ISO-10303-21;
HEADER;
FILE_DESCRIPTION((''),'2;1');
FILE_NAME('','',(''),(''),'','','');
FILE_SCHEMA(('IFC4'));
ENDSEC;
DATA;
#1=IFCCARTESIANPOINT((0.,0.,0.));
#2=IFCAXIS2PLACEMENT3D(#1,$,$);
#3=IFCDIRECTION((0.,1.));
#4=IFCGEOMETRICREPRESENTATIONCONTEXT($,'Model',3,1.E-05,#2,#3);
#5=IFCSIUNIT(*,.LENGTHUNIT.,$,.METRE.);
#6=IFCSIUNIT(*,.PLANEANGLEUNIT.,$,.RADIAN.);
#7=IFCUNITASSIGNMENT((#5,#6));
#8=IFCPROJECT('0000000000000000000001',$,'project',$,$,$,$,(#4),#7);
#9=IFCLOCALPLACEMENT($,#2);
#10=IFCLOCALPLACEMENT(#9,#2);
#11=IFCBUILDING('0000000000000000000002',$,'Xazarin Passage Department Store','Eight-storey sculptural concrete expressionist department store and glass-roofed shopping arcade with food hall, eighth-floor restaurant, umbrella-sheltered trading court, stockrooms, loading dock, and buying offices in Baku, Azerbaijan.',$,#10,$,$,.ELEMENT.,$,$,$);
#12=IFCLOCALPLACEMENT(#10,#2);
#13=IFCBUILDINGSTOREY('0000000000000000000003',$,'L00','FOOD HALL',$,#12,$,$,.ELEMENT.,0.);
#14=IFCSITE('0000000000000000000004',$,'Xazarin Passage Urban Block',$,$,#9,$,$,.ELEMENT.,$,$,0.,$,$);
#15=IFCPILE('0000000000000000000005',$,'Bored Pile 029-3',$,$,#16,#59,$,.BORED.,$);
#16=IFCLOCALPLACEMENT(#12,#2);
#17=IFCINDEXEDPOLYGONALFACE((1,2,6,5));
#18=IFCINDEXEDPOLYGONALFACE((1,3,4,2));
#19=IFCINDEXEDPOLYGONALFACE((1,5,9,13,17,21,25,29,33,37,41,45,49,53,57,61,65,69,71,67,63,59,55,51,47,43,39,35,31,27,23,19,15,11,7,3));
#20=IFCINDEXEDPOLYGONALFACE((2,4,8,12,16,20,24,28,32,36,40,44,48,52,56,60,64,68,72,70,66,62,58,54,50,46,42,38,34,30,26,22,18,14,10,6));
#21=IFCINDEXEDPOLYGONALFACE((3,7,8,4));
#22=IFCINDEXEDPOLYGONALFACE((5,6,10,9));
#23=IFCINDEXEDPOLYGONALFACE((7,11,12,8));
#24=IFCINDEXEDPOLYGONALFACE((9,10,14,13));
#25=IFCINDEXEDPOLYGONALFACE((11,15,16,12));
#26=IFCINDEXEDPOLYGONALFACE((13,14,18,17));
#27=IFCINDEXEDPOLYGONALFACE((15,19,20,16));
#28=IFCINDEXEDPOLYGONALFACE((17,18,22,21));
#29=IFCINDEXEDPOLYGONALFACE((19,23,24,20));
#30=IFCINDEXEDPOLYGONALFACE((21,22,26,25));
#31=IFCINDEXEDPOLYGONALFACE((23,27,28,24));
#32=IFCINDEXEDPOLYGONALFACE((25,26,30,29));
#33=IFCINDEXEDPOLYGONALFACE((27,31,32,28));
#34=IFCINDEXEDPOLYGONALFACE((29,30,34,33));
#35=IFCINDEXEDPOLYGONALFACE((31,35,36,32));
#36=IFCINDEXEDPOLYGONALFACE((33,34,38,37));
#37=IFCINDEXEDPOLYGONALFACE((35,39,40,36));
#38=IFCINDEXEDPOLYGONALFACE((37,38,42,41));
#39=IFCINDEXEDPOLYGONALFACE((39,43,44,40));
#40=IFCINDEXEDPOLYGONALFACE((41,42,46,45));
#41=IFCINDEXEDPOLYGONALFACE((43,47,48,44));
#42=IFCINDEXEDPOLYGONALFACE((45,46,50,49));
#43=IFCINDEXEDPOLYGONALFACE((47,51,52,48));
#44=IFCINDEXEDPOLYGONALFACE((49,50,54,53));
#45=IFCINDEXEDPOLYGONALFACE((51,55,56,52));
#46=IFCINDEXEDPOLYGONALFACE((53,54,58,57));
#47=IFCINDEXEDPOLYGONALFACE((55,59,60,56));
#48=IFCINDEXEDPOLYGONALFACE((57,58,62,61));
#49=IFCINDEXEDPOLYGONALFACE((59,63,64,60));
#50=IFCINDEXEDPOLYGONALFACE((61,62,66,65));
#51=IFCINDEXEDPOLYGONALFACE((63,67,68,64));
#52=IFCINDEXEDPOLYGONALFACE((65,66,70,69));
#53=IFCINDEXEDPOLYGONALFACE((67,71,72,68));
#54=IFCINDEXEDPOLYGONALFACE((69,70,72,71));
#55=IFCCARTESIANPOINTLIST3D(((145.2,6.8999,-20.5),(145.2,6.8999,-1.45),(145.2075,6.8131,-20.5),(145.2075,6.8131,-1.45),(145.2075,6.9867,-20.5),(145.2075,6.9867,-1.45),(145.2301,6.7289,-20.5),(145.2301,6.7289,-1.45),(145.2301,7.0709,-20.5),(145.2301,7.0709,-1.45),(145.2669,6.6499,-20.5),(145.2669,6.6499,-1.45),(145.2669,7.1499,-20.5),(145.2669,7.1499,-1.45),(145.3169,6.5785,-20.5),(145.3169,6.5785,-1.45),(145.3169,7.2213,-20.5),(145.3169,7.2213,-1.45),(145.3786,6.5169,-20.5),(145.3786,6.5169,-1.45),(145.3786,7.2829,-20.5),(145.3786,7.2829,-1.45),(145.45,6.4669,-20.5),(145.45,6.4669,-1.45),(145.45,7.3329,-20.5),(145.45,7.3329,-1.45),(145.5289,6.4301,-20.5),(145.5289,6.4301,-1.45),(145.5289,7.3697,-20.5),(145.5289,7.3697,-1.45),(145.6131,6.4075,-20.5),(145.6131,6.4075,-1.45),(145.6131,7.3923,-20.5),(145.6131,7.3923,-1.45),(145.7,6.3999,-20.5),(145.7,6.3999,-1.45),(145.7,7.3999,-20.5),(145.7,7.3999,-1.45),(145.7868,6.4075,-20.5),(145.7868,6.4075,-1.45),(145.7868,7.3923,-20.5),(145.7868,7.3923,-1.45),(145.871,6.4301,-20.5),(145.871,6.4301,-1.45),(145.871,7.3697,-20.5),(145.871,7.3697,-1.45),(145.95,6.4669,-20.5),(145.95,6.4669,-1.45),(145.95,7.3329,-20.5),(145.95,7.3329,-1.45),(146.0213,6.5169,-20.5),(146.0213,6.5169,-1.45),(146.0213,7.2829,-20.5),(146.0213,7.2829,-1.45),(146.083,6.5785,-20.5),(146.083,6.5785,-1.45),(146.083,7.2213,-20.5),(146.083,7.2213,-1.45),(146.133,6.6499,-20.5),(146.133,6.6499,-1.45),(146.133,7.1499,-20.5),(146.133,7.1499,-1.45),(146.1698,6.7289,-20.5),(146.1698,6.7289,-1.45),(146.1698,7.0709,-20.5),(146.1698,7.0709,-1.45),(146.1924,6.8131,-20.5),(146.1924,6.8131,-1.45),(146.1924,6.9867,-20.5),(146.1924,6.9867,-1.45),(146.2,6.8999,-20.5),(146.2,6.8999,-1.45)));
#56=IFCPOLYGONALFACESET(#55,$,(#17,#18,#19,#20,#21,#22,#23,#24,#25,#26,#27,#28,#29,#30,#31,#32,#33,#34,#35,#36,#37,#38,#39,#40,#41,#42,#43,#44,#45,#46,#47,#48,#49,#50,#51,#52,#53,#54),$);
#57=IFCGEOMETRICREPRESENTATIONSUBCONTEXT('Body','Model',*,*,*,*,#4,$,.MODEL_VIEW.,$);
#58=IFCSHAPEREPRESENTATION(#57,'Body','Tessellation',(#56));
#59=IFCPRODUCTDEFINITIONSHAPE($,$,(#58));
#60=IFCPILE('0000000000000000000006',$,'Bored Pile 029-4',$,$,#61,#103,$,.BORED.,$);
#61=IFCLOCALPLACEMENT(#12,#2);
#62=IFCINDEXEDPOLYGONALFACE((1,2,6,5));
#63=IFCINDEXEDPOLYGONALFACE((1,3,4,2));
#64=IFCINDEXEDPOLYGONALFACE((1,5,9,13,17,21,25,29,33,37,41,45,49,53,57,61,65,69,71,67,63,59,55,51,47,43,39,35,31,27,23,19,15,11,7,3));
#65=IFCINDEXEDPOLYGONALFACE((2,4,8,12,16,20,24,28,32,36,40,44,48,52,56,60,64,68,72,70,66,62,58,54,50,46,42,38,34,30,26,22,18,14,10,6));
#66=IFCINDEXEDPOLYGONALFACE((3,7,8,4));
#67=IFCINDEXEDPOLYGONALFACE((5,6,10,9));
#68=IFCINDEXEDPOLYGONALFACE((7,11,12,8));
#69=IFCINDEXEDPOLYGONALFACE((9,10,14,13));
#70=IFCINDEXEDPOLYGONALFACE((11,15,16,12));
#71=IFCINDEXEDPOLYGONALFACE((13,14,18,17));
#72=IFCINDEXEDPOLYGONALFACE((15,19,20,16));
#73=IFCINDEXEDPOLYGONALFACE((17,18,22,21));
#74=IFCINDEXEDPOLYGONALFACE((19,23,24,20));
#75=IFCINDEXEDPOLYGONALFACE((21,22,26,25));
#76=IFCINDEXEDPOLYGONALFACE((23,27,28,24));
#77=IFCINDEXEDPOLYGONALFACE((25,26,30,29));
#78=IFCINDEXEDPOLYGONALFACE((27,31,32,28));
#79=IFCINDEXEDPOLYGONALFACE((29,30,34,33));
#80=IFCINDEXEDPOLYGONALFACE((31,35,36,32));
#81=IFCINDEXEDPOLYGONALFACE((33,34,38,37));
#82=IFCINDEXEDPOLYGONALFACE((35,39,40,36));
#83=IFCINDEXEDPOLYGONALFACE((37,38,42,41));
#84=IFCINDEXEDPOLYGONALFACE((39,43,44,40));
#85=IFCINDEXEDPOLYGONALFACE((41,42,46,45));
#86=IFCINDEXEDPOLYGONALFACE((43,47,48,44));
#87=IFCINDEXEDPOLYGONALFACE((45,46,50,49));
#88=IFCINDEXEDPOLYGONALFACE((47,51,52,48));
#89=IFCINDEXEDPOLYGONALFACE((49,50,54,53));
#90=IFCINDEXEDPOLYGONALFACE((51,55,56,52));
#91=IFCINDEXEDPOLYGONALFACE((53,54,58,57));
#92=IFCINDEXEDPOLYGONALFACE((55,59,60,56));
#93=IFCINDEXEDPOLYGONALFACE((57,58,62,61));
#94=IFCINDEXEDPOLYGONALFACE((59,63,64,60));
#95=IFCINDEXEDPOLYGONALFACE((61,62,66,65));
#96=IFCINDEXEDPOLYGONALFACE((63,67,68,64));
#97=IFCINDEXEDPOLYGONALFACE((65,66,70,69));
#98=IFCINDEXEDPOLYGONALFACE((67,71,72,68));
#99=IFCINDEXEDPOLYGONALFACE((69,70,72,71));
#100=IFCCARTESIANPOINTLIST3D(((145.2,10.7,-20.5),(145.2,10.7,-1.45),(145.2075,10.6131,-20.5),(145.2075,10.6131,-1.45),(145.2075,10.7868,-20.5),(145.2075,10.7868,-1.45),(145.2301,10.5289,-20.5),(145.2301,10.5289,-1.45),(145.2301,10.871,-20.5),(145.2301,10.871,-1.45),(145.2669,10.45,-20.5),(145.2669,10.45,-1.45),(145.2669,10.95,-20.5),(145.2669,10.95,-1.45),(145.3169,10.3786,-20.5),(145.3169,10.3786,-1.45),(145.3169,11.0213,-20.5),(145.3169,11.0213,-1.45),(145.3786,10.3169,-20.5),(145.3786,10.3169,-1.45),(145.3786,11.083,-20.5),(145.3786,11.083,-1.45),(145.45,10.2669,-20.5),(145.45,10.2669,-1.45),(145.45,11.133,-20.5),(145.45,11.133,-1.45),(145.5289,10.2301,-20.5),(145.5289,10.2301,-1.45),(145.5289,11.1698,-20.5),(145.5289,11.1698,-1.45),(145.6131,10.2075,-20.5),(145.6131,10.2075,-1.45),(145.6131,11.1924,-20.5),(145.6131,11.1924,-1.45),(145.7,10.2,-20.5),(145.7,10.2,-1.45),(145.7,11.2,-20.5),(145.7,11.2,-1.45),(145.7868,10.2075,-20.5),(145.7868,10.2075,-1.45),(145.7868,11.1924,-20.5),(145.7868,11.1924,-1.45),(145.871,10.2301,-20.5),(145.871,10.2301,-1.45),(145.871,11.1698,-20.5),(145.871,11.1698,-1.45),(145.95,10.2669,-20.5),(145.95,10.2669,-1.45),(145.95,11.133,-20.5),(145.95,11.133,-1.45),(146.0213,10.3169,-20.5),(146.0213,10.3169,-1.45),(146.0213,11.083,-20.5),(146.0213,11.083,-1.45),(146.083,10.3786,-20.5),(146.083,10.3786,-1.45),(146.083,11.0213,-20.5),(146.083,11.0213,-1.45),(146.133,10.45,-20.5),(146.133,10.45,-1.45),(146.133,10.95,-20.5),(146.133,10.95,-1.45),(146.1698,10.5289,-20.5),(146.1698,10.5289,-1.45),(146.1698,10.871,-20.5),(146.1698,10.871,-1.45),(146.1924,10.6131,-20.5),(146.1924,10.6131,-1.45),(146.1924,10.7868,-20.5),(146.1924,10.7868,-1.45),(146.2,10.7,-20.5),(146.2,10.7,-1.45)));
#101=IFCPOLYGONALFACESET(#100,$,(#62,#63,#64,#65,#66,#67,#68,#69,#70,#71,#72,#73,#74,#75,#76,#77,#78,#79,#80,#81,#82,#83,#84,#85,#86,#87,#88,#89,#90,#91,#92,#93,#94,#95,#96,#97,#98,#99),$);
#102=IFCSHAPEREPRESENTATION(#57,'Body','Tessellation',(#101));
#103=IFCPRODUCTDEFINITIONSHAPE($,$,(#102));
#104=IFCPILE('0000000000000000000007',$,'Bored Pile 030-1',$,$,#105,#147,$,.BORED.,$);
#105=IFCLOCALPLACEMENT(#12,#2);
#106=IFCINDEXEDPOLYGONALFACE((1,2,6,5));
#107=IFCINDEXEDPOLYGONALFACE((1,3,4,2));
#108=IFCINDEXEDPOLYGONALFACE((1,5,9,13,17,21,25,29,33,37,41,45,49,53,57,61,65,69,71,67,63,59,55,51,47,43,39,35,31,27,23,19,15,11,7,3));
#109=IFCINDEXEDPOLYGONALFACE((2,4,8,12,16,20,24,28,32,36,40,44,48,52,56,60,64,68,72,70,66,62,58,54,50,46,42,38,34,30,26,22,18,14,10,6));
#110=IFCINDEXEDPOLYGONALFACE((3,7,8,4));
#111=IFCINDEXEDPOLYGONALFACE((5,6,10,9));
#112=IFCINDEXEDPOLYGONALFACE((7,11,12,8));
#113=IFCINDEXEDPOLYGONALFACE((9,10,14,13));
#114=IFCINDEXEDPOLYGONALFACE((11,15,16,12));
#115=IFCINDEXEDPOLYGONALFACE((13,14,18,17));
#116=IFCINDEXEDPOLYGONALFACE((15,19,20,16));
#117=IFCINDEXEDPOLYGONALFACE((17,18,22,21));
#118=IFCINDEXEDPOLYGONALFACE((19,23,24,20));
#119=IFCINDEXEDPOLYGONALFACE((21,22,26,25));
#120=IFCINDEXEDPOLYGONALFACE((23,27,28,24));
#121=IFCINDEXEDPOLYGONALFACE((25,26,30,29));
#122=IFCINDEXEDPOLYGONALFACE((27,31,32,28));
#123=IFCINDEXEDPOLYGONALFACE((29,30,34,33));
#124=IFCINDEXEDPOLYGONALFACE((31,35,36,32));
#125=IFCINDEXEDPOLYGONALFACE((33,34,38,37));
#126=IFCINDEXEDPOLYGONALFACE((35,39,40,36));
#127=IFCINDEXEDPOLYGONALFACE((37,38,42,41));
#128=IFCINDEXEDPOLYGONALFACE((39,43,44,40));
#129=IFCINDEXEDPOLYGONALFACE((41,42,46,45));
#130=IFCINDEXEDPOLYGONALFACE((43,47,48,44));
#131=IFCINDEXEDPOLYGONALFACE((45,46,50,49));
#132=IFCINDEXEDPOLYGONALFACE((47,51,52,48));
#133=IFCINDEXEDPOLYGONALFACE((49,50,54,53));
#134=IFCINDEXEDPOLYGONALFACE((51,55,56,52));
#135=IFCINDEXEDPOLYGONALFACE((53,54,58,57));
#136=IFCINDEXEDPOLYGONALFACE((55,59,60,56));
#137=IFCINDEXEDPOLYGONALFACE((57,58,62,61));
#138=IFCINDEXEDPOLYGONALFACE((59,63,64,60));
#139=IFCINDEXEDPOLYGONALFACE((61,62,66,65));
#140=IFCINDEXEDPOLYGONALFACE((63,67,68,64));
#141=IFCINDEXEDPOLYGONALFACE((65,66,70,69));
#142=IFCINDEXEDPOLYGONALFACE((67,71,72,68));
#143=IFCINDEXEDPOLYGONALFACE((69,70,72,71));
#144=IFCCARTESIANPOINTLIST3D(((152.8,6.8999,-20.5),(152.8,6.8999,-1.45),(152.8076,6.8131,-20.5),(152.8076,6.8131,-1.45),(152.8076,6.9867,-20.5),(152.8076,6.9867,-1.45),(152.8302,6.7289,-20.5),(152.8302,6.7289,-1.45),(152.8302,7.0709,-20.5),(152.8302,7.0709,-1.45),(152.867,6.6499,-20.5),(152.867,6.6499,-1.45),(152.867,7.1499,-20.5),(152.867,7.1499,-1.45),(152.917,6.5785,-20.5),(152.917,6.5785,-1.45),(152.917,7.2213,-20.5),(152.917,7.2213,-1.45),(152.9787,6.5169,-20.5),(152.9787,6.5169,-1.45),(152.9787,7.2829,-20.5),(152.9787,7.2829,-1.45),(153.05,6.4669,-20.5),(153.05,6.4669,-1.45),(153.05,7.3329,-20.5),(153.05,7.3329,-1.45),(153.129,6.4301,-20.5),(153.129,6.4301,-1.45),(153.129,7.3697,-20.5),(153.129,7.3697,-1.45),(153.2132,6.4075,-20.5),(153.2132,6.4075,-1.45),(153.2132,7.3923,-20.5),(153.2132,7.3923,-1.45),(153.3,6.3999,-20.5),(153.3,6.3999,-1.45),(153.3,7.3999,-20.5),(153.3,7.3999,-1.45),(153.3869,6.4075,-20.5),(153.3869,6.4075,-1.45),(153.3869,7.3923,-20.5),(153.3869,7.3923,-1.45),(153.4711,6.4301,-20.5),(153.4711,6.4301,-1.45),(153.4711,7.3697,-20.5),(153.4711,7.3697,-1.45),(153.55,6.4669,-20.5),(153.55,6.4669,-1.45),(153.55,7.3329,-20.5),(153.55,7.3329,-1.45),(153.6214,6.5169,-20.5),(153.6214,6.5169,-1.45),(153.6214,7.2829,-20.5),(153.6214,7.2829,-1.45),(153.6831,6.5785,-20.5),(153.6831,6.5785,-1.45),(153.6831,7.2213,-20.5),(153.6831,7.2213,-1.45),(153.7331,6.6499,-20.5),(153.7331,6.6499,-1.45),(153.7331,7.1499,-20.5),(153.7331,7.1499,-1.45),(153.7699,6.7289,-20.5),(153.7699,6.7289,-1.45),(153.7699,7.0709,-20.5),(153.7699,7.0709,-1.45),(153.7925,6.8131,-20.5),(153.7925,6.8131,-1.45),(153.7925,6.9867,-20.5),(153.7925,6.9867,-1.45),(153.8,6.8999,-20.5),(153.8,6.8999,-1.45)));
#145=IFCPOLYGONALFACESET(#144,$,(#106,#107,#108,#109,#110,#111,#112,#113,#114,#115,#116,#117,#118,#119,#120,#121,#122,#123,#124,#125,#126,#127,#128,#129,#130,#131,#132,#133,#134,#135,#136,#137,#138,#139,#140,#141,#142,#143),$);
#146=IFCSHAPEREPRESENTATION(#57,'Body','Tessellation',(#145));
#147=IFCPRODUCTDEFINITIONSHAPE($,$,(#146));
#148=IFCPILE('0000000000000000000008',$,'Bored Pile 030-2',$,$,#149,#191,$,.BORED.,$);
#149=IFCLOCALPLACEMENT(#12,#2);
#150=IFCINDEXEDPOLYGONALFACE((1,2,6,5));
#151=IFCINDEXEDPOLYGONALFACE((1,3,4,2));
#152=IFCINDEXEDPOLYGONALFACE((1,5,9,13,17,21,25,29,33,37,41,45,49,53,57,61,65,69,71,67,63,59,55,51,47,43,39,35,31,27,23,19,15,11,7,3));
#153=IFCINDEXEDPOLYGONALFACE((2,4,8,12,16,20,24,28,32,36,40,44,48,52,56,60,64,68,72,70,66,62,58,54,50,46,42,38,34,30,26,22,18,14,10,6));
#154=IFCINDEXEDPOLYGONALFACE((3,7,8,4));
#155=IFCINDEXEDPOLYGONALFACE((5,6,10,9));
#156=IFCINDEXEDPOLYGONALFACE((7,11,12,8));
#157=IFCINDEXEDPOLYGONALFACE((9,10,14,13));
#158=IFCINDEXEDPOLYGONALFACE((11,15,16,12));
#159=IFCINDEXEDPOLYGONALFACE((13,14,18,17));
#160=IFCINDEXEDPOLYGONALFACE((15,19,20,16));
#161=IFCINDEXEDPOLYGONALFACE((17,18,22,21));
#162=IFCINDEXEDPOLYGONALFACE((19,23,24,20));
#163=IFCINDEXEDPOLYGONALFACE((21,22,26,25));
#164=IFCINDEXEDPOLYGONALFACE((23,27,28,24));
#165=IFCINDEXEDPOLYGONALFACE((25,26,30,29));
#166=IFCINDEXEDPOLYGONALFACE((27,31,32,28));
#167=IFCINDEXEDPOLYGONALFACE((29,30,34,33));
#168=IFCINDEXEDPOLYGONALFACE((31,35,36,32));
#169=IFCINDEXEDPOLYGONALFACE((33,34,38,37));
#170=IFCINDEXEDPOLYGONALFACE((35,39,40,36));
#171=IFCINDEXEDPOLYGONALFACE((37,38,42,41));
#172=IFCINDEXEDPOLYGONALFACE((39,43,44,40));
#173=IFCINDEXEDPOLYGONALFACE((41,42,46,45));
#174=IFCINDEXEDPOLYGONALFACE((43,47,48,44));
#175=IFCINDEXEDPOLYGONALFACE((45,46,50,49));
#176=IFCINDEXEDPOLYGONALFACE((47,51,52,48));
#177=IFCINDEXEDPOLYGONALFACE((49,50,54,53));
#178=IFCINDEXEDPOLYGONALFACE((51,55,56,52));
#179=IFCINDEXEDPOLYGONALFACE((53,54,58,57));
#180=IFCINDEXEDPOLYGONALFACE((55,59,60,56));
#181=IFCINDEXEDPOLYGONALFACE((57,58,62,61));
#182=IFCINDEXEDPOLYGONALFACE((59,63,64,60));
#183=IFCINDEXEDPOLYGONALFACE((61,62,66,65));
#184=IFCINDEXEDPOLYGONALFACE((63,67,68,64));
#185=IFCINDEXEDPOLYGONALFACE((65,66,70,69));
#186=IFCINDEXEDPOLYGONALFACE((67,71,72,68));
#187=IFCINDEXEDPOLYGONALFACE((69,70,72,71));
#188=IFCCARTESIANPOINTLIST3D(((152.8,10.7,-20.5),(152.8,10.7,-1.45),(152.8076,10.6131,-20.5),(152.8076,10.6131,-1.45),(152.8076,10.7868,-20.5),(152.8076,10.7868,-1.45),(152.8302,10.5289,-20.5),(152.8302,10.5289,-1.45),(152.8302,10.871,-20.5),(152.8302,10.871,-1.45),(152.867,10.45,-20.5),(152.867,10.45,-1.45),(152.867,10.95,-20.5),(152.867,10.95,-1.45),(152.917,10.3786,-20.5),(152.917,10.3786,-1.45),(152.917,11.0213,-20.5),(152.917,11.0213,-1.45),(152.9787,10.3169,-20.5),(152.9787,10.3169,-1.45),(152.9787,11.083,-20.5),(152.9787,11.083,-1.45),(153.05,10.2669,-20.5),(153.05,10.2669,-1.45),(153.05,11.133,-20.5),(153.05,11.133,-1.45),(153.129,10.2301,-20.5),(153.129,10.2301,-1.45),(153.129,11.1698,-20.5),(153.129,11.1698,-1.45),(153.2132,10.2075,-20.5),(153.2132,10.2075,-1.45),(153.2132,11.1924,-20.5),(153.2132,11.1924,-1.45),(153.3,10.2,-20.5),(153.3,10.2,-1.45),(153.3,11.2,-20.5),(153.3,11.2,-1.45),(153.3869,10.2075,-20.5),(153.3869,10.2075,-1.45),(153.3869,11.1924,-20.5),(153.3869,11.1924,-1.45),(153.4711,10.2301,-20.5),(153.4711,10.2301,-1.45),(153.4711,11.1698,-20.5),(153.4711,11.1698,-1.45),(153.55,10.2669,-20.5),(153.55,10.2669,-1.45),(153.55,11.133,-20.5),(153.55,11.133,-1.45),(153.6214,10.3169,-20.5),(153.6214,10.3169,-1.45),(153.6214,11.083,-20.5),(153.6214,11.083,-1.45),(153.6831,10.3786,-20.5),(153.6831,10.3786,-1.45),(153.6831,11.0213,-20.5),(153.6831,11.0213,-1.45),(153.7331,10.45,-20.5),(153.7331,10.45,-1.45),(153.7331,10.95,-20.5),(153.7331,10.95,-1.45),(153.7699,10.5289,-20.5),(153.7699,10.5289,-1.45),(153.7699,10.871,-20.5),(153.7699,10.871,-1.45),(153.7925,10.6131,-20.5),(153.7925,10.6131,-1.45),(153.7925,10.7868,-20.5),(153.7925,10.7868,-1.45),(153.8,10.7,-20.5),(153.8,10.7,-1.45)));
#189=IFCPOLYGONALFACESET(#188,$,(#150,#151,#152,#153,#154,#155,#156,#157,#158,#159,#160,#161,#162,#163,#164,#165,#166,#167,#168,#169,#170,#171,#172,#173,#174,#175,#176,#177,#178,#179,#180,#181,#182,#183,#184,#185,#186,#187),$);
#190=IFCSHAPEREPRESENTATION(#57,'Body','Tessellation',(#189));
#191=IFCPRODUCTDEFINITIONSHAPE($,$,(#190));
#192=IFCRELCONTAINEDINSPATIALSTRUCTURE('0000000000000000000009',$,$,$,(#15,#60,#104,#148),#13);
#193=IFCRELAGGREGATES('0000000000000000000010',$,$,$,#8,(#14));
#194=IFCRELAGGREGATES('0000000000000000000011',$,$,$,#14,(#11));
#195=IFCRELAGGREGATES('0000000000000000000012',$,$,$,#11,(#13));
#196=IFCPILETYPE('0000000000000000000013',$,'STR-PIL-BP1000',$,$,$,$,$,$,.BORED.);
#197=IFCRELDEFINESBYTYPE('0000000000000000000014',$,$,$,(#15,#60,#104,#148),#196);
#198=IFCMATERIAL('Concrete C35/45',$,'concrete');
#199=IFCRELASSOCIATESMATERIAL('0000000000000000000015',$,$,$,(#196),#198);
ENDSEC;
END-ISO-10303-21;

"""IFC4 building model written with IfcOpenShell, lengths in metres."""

from ifc_helpers import new_model, si_unit, direction, frame, origin, origin_2d, place, context, subcontext, project, spatial, circle, extrude, material, material_profile, profile_set, type_object, element, save


model = new_model("IFC4")

# Units and contexts
model_context = context("Model", 3, precision=1e-05, world=origin(), true_north=direction((0.0, 1.0)))
body_context = subcontext(model_context, "Body", "Model", "MODEL_VIEW")
ifc_project = project(units=[si_unit("LENGTHUNIT", "METRE"), si_unit("PLANEANGLEUNIT", "RADIAN")], contexts=[model_context])

# Site, building, storey
site_placement = place(None, origin())
site = spatial("IfcSite", under=ifc_project, at=site_placement, Name="Xazarin Passage Urban Block", CompositionType="ELEMENT", RefElevation=0.0)
building_placement = place(site_placement, origin())
building = spatial("IfcBuilding", under=site, at=building_placement, Name="Xazarin Passage Department Store", Description="Eight-storey sculptural concrete expressionist department store and glass-roofed shopping arcade with food hall, eighth-floor restaurant, umbrella-sheltered trading court, stockrooms, loading dock, and buying offices in Baku, Azerbaijan.", CompositionType="ELEMENT")
storey_placement = place(building_placement, origin())
storey = spatial("IfcBuildingStorey", under=building, at=storey_placement, Name="L00", Description="FOOD HALL", CompositionType="ELEMENT", Elevation=0.0)

# Shared definitions
ifc_material_1 = material(Name="Concrete C35/45", Category="concrete")

# Piles
ifc_material_profile_1 = material_profile(ifc_material_1, circle(Radius=0.5, at=origin_2d()), Name="BP 1000")
ifc_profile_set_1 = profile_set([ifc_material_profile_1], Name="Concrete C35/45")
pile_type_1 = type_object("IfcPileType", Name="STR-PIL-BP1000", PredefinedType="BORED", material=ifc_profile_set_1)
for number, where, z_axis, x_axis, name in (
    (1, (145.7, 6.8999, -1.45), (0.0, 0.0, -1.0), (1.0, 0.0, 0.0), "Bored Pile 029-3"),
    (2, (145.7, 10.7, -1.45), (0.0, 0.0, -1.0), (1.0, 0.0, 0.0), "Bored Pile 029-4"),
    (3, (153.3, 6.8999, -1.45), (0.0, 0.0, -1.0), (1.0, 0.0, 0.0), "Bored Pile 030-1"),
    (4, (153.3, 10.7, -1.45), (0.0, 0.0, -1.0), (1.0, 0.0, 0.0), "Bored Pile 030-2"),
):
    element("IfcPile", number, at=place(storey_placement, frame(where, z_axis=z_axis, x_axis=x_axis)), inside=storey, type_object=pile_type_1, Name=name, PredefinedType="BORED", context=body_context, shape_type="SweptSolid", body=[
        extrude(circle(Radius=0.5, at=origin_2d()), origin(), (0.0, 0.0, 1.0), 19.05),
    ])

save(model, "model.ifc")
